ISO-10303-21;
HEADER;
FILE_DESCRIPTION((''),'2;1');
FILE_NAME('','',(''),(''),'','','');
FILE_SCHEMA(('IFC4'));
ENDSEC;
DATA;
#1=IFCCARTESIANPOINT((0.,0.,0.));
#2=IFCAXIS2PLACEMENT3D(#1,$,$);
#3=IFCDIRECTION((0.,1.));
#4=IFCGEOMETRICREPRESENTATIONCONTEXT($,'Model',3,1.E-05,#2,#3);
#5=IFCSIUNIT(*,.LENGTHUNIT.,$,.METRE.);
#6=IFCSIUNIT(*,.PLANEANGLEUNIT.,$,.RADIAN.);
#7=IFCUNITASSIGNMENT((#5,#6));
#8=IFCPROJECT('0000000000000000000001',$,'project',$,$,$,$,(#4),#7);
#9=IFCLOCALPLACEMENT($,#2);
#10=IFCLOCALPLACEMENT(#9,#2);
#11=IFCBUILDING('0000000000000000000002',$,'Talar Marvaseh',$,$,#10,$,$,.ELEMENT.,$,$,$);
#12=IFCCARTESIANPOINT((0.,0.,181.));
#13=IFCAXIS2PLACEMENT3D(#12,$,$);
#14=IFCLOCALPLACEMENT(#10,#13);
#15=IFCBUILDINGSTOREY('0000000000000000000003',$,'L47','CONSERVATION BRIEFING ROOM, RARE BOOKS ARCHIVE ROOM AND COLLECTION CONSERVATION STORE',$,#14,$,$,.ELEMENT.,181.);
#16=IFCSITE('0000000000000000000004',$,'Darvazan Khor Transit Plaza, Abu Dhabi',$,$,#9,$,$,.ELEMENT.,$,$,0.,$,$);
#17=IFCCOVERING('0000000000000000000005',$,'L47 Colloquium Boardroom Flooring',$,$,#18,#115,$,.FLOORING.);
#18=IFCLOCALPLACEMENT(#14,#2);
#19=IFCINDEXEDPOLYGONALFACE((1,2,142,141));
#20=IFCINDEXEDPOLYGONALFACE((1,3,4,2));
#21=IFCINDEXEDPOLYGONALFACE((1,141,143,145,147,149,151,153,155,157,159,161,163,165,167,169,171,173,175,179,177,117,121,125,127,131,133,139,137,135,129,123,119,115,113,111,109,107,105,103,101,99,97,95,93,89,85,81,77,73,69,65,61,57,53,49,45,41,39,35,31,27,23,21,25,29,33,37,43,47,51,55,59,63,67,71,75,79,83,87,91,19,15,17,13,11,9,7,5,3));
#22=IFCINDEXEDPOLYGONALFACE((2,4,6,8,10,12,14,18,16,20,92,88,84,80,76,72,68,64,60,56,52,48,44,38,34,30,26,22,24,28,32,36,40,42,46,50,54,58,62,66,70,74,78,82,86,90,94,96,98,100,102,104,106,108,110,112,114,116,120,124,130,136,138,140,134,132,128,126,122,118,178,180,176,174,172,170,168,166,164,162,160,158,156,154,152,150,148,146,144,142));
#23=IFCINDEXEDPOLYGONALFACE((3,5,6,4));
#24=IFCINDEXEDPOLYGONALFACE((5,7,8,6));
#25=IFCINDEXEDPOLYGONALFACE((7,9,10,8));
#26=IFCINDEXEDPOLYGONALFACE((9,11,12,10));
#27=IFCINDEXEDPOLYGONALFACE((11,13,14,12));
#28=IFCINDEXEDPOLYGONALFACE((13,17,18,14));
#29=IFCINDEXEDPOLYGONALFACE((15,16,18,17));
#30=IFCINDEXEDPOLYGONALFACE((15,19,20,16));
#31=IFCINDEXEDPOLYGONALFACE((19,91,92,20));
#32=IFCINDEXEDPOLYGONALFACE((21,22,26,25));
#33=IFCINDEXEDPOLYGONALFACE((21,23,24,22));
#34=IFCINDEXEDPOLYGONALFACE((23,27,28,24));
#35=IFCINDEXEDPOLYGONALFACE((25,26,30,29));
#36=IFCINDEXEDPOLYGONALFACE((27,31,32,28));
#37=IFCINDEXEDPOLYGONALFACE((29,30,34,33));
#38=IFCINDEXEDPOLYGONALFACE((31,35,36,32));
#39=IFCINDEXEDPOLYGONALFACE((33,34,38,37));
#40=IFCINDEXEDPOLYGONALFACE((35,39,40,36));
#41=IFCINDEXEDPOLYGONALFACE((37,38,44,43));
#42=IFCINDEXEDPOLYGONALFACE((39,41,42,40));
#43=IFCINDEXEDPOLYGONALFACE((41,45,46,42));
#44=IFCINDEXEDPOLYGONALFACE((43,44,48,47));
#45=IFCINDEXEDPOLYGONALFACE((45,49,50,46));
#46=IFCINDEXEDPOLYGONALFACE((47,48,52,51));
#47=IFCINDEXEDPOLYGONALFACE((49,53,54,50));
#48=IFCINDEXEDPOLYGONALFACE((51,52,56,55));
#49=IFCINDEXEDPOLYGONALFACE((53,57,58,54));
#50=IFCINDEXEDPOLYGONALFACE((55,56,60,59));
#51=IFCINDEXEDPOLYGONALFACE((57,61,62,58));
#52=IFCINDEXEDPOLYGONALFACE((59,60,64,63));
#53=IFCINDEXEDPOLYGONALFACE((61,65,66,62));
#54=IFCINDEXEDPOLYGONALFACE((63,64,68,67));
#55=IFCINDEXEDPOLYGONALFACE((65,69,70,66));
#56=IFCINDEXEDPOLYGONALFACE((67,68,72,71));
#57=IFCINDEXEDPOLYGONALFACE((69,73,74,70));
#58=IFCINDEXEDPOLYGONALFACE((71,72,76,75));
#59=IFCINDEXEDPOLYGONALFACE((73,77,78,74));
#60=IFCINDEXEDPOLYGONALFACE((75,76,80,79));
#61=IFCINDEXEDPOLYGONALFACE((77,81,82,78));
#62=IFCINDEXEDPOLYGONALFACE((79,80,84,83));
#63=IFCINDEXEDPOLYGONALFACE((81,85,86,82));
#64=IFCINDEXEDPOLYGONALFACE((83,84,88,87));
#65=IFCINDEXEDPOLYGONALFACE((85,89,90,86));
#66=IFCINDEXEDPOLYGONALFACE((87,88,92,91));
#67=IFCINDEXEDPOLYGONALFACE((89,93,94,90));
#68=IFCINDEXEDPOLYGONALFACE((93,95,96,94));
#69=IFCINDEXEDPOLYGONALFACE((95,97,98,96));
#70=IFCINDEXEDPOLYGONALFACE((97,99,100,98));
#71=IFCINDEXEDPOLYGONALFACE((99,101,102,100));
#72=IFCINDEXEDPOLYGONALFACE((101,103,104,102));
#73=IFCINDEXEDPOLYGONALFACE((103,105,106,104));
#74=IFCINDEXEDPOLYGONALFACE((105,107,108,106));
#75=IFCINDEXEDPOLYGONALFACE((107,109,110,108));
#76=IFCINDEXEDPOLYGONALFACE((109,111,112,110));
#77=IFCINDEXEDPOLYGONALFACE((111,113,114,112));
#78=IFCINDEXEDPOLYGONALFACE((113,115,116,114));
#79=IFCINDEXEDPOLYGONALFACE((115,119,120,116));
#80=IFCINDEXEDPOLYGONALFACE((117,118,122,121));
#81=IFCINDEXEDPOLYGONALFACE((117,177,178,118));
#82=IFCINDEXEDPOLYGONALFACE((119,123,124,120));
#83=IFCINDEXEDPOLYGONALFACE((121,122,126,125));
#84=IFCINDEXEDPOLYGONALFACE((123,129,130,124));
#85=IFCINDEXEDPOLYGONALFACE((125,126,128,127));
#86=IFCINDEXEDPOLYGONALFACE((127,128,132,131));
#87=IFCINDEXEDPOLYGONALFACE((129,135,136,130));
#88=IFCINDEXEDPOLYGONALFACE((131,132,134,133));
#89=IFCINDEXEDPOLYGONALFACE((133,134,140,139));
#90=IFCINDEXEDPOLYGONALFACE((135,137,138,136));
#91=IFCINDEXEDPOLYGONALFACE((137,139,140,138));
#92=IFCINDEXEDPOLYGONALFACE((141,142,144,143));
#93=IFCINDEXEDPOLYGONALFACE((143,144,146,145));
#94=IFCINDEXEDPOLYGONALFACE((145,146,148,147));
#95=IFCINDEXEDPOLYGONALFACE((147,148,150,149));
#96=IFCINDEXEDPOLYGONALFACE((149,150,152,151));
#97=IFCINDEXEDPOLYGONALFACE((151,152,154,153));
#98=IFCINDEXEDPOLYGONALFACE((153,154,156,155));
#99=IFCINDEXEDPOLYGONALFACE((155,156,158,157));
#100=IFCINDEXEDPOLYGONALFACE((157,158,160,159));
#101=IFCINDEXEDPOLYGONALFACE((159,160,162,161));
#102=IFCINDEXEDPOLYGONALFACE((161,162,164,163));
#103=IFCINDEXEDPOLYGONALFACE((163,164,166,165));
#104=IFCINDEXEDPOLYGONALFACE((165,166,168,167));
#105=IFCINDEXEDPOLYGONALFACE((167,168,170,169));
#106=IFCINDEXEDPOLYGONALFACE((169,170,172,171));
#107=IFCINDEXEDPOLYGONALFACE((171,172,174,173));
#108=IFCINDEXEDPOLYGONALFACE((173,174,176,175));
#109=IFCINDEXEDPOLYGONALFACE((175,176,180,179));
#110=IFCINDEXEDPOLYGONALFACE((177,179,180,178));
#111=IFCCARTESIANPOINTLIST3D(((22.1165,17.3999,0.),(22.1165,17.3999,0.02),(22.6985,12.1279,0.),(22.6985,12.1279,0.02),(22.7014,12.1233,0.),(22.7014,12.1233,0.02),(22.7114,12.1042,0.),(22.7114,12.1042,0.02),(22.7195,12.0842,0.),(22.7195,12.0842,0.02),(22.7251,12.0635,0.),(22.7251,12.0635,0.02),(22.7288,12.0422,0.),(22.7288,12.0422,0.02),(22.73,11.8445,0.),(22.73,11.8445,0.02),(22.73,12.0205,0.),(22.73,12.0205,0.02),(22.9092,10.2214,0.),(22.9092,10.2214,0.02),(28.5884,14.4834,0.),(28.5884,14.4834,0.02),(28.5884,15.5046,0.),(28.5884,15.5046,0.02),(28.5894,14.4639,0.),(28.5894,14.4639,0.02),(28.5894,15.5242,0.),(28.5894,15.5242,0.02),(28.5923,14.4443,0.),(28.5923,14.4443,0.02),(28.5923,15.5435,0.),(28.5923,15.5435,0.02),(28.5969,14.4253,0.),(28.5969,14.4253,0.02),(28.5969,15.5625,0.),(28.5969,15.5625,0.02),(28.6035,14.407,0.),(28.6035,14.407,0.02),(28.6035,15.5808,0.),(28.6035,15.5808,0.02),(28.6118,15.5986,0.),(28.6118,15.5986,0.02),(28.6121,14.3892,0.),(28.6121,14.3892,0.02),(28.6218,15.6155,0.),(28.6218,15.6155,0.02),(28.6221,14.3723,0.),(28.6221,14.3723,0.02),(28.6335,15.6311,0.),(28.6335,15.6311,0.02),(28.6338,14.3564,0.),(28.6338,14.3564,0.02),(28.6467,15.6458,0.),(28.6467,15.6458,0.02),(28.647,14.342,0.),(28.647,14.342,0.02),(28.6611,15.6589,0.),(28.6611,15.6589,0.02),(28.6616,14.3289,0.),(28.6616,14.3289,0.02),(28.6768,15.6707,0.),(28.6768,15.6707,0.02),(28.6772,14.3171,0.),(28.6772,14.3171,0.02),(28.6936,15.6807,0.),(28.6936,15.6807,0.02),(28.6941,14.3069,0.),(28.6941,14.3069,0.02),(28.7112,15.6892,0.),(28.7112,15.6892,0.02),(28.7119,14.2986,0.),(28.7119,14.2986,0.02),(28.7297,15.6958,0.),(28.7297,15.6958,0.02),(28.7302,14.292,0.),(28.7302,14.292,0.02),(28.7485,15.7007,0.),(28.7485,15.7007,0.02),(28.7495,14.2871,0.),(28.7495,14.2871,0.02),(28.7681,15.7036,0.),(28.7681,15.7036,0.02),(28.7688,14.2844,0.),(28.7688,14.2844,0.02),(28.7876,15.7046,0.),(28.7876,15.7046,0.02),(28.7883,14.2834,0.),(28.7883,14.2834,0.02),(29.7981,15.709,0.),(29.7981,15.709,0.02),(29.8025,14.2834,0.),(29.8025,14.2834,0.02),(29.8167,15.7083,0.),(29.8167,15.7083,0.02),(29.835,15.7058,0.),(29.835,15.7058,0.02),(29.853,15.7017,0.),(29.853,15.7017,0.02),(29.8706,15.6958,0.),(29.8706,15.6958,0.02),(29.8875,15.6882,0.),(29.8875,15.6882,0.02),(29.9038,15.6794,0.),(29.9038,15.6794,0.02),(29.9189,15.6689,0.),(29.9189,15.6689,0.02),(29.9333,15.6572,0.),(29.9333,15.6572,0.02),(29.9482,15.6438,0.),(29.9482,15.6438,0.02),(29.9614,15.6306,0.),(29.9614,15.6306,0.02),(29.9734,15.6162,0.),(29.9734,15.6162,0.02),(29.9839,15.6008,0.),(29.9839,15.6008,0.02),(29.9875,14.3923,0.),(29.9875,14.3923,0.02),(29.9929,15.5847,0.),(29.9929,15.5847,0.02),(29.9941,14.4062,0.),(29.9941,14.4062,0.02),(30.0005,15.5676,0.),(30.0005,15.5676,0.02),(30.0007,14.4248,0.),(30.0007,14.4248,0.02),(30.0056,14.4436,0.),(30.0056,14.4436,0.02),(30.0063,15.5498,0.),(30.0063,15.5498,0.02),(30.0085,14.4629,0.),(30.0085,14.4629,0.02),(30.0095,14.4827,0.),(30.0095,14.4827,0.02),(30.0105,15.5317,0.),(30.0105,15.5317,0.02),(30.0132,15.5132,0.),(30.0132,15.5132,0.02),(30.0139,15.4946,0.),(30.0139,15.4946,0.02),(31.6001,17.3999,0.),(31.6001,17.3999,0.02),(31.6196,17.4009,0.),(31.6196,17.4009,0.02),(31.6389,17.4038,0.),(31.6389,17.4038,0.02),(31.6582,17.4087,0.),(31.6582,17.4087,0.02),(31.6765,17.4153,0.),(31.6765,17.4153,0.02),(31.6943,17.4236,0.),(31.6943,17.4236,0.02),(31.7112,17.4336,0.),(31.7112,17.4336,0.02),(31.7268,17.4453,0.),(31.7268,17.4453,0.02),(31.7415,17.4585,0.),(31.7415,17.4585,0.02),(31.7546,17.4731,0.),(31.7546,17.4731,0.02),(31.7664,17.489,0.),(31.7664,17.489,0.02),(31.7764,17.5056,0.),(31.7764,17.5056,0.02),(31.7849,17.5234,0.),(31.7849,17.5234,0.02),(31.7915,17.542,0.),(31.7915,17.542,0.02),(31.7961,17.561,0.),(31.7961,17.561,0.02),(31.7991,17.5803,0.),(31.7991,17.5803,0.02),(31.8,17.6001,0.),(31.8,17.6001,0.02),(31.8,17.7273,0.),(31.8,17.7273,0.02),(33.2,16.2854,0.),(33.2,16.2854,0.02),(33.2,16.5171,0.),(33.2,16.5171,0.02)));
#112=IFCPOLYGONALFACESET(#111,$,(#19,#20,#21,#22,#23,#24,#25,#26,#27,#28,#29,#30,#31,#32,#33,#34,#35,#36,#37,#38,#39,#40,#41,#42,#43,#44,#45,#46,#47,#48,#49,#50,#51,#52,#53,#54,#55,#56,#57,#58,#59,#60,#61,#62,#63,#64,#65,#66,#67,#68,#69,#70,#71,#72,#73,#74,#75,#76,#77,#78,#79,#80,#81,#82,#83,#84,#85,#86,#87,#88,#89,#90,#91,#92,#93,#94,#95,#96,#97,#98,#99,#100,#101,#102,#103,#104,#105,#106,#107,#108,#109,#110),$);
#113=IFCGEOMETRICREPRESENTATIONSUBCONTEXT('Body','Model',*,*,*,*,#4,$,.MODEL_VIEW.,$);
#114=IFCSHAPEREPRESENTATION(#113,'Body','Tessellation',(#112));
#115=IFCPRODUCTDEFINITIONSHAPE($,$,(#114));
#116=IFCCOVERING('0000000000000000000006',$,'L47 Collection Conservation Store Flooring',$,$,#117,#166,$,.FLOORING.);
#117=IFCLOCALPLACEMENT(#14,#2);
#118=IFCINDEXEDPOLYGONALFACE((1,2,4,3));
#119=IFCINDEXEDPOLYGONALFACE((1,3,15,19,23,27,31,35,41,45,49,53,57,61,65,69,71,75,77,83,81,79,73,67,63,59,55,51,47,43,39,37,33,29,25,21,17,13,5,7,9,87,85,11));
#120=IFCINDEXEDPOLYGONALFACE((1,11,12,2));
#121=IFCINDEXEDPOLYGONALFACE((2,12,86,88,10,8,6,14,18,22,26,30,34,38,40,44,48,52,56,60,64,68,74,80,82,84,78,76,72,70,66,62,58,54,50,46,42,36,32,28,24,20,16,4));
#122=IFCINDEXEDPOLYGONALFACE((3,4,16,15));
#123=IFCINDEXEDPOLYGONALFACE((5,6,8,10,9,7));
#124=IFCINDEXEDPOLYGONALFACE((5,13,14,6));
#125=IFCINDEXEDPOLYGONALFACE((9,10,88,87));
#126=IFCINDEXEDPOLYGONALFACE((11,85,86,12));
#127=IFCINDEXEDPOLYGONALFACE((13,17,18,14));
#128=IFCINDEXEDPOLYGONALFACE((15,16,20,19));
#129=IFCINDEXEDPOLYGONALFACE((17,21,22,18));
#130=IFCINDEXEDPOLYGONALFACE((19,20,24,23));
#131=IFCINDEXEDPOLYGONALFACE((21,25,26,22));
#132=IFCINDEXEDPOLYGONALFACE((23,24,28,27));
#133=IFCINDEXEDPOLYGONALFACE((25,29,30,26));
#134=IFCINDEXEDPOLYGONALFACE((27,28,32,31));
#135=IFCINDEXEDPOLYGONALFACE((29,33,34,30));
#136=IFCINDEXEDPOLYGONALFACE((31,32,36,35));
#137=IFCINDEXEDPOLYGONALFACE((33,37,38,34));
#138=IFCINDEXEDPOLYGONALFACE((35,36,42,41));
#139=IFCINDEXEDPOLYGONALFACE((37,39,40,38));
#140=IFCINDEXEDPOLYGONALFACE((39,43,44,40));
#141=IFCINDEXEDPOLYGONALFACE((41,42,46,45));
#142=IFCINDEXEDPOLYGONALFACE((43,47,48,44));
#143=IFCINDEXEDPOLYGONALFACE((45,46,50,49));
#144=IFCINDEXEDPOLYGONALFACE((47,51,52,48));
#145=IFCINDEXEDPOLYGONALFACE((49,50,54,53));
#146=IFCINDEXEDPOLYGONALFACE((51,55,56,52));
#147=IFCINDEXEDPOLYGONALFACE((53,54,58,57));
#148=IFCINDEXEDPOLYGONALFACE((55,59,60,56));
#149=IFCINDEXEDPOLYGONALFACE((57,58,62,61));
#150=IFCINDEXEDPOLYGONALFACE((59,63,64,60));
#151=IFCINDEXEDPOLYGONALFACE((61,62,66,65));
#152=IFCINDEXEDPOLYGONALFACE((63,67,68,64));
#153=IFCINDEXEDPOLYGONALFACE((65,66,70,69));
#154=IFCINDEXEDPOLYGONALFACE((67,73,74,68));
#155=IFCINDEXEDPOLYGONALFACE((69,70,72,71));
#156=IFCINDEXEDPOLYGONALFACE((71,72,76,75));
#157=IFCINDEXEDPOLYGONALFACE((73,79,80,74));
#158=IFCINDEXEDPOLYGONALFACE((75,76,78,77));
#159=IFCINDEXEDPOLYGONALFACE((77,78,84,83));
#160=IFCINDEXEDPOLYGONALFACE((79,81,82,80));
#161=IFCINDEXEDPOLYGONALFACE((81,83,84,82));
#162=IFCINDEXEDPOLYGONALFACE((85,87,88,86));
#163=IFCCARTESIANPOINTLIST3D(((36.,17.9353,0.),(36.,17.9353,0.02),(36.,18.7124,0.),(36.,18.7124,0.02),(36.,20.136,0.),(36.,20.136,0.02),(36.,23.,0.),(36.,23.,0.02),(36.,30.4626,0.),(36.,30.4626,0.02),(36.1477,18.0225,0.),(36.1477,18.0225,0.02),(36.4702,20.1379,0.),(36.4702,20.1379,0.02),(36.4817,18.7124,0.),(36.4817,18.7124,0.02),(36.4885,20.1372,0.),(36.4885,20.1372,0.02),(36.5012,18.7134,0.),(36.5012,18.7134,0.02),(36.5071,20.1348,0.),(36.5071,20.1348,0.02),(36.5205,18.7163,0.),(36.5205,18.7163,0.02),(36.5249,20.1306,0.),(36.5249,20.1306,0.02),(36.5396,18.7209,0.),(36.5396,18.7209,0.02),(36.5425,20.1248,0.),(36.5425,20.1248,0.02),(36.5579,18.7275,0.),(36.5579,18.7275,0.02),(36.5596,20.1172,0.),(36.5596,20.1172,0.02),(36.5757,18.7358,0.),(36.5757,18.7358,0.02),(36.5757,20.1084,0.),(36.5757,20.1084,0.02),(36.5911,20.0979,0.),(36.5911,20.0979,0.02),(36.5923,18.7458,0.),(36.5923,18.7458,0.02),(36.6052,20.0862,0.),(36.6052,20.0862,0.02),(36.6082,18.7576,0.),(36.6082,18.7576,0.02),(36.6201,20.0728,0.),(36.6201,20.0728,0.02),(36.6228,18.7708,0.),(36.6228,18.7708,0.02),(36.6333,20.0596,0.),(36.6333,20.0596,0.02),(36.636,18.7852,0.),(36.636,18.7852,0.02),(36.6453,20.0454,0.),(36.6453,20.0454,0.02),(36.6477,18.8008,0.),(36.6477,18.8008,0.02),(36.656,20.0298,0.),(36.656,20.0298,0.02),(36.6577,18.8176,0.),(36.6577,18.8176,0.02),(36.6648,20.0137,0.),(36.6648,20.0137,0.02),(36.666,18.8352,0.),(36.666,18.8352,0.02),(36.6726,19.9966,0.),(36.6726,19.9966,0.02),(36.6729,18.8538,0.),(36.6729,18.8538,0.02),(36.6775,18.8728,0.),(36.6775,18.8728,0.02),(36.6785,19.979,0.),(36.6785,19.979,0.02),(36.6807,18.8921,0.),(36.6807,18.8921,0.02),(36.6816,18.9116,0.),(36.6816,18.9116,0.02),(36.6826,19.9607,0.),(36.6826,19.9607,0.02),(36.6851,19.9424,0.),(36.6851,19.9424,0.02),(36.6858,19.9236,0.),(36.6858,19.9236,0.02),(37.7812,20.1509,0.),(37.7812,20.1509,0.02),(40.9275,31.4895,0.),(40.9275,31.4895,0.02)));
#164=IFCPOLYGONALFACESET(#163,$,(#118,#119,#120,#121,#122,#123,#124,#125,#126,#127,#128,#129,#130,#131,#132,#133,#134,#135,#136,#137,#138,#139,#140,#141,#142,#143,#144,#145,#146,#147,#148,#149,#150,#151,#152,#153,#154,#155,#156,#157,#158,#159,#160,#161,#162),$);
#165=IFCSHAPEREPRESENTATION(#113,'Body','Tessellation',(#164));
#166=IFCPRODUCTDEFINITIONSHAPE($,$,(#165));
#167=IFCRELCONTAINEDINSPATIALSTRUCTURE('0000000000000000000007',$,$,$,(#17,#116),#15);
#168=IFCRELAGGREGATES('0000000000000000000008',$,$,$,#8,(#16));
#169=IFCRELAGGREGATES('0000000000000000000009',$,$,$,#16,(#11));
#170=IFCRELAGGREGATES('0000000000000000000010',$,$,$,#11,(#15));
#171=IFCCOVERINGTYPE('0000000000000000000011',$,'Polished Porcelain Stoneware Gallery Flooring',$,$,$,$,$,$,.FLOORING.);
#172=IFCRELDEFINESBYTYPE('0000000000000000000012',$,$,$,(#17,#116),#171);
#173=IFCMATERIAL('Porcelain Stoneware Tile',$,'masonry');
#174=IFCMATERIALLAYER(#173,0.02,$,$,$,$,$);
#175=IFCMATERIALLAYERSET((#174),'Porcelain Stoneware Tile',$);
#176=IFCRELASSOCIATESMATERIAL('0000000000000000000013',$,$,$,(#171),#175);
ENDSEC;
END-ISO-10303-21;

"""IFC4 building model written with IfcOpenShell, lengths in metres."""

from ifc_helpers import new_model, si_unit, direction, frame, origin, place, context, subcontext, project, spatial, polyline, outline, extrude, material, layer, layer_set, type_object, element, save


model = new_model("IFC4")

# Units and contexts
model_context = context("Model", 3, precision=1e-05, world=origin(), true_north=direction((0.0, 1.0)))
body_context = subcontext(model_context, "Body", "Model", "MODEL_VIEW")
ifc_project = project(units=[si_unit("LENGTHUNIT", "METRE"), si_unit("PLANEANGLEUNIT", "RADIAN")], contexts=[model_context])

# Site, building, storey
site_placement = place(None, origin())
site = spatial("IfcSite", under=ifc_project, at=site_placement, Name="Darvazan Khor Transit Plaza, Abu Dhabi", CompositionType="ELEMENT", RefElevation=0.0)
building_placement = place(site_placement, origin())
building = spatial("IfcBuilding", under=site, at=building_placement, Name="Talar Marvaseh", CompositionType="ELEMENT")
storey_placement = place(building_placement, frame((0.0, 0.0, 181.0)))
storey = spatial("IfcBuildingStorey", under=building, at=storey_placement, Name="L47", Description="CONSERVATION BRIEFING ROOM, RARE BOOKS ARCHIVE ROOM AND COLLECTION CONSERVATION STORE", CompositionType="ELEMENT", Elevation=181.0)

# Coverings
ifc_material_1 = material(Name="Porcelain Stoneware Tile", Category="masonry")
ifc_layer_1 = layer(ifc_material_1, 0.02)
ifc_layer_set_1 = layer_set([ifc_layer_1], Name="Porcelain Stoneware Tile")
covering_type_1 = type_object("IfcCoveringType", Name="Polished Porcelain Stoneware Gallery Flooring", PredefinedType="FLOORING", material=ifc_layer_set_1)
covering_1_placement = place(storey_placement, origin())
element("IfcCovering", 1, at=covering_1_placement, inside=storey, type_object=covering_type_1, Name="L47 Colloquium Boardroom Flooring", PredefinedType="FLOORING", context=body_context, shape_type="SweptSolid", body=[
    extrude(outline(polyline([(31.6001, 17.3999), (31.6196, 17.4009), (31.6389, 17.4038), (31.6582, 17.4087), (31.6765, 17.4153), (31.6943, 17.4236), (31.7112, 17.4336), (31.7268, 17.4453), (31.7415, 17.4585), (31.7546, 17.4731), (31.7664, 17.489), (31.7764, 17.5056), (31.7849, 17.5234), (31.7915, 17.542), (31.7961, 17.561), (31.7991, 17.5803), (31.8, 17.6001), (31.8, 17.7273), (33.2, 16.5171), (33.2, 16.2854), (29.9875, 14.3923), (29.9941, 14.4062), (30.0007, 14.4248), (30.0056, 14.4436), (30.0085, 14.4629), (30.0095, 14.4827), (30.0139, 15.4946), (30.0132, 15.5132), (30.0105, 15.5317), (30.0063, 15.5498), (30.0005, 15.5676), (29.9929, 15.5847), (29.9839, 15.6008), (29.9734, 15.6162), (29.9614, 15.6306), (29.9482, 15.6438), (29.9333, 15.6572), (29.9189, 15.6689), (29.9038, 15.6794), (29.8875, 15.6882), (29.8706, 15.6958), (29.853, 15.7017), (29.835, 15.7058), (29.8167, 15.7083), (29.7981, 15.709), (28.7876, 15.7046), (28.7681, 15.7036), (28.7485, 15.7007), (28.7297, 15.6958), (28.7112, 15.6892), (28.6936, 15.6807), (28.6768, 15.6707), (28.6611, 15.6589), (28.6467, 15.6458), (28.6335, 15.6311), (28.6218, 15.6155), (28.6118, 15.5986), (28.6035, 15.5808), (28.5969, 15.5625), (28.5923, 15.5435), (28.5894, 15.5242), (28.5884, 15.5046), (28.5884, 14.4834), (28.5894, 14.4639), (28.5923, 14.4443), (28.5969, 14.4253), (28.6035, 14.407), (28.6121, 14.3892), (28.6221, 14.3723), (28.6338, 14.3564), (28.647, 14.342), (28.6616, 14.3289), (28.6772, 14.3171), (28.6941, 14.3069), (28.7119, 14.2986), (28.7302, 14.292), (28.7495, 14.2871), (28.7688, 14.2844), (28.7883, 14.2834), (29.8025, 14.2834), (22.9092, 10.2214), (22.73, 11.8445), (22.73, 12.0205), (22.7288, 12.0422), (22.7251, 12.0635), (22.7195, 12.0842), (22.7114, 12.1042), (22.7014, 12.1233), (22.6985, 12.1279), (22.1165, 17.3999), (31.6001, 17.3999)])), origin(), (0.0, 0.0, 1.0), 0.02),
])
covering_2_placement = place(storey_placement, origin())
element("IfcCovering", 2, at=covering_2_placement, inside=storey, type_object=covering_type_1, Name="L47 Collection Conservation Store Flooring", PredefinedType="FLOORING", context=body_context, shape_type="SweptSolid", body=[
    extrude(outline(polyline([(36.0, 18.7124), (36.4817, 18.7124), (36.5012, 18.7134), (36.5205, 18.7163), (36.5396, 18.7209), (36.5579, 18.7275), (36.5757, 18.7358), (36.5923, 18.7458), (36.6082, 18.7576), (36.6228, 18.7708), (36.636, 18.7852), (36.6477, 18.8008), (36.6577, 18.8176), (36.666, 18.8352), (36.6729, 18.8538), (36.6775, 18.8728), (36.6807, 18.8921), (36.6816, 18.9116), (36.6858, 19.9236), (36.6851, 19.9424), (36.6826, 19.9607), (36.6785, 19.979), (36.6726, 19.9966), (36.6648, 20.0137), (36.656, 20.0298), (36.6453, 20.0454), (36.6333, 20.0596), (36.6201, 20.0728), (36.6052, 20.0862), (36.5911, 20.0979), (36.5757, 20.1084), (36.5596, 20.1172), (36.5425, 20.1248), (36.5249, 20.1306), (36.5071, 20.1348), (36.4885, 20.1372), (36.4702, 20.1379), (36.0, 20.136), (36.0, 23.0), (36.0, 30.4626), (40.9275, 31.4895), (37.7812, 20.1509), (36.1477, 18.0225), (36.0, 17.9353), (36.0, 18.7124)])), origin(), (0.0, 0.0, 1.0), 0.02),
])

save(model, "model.ifc")
